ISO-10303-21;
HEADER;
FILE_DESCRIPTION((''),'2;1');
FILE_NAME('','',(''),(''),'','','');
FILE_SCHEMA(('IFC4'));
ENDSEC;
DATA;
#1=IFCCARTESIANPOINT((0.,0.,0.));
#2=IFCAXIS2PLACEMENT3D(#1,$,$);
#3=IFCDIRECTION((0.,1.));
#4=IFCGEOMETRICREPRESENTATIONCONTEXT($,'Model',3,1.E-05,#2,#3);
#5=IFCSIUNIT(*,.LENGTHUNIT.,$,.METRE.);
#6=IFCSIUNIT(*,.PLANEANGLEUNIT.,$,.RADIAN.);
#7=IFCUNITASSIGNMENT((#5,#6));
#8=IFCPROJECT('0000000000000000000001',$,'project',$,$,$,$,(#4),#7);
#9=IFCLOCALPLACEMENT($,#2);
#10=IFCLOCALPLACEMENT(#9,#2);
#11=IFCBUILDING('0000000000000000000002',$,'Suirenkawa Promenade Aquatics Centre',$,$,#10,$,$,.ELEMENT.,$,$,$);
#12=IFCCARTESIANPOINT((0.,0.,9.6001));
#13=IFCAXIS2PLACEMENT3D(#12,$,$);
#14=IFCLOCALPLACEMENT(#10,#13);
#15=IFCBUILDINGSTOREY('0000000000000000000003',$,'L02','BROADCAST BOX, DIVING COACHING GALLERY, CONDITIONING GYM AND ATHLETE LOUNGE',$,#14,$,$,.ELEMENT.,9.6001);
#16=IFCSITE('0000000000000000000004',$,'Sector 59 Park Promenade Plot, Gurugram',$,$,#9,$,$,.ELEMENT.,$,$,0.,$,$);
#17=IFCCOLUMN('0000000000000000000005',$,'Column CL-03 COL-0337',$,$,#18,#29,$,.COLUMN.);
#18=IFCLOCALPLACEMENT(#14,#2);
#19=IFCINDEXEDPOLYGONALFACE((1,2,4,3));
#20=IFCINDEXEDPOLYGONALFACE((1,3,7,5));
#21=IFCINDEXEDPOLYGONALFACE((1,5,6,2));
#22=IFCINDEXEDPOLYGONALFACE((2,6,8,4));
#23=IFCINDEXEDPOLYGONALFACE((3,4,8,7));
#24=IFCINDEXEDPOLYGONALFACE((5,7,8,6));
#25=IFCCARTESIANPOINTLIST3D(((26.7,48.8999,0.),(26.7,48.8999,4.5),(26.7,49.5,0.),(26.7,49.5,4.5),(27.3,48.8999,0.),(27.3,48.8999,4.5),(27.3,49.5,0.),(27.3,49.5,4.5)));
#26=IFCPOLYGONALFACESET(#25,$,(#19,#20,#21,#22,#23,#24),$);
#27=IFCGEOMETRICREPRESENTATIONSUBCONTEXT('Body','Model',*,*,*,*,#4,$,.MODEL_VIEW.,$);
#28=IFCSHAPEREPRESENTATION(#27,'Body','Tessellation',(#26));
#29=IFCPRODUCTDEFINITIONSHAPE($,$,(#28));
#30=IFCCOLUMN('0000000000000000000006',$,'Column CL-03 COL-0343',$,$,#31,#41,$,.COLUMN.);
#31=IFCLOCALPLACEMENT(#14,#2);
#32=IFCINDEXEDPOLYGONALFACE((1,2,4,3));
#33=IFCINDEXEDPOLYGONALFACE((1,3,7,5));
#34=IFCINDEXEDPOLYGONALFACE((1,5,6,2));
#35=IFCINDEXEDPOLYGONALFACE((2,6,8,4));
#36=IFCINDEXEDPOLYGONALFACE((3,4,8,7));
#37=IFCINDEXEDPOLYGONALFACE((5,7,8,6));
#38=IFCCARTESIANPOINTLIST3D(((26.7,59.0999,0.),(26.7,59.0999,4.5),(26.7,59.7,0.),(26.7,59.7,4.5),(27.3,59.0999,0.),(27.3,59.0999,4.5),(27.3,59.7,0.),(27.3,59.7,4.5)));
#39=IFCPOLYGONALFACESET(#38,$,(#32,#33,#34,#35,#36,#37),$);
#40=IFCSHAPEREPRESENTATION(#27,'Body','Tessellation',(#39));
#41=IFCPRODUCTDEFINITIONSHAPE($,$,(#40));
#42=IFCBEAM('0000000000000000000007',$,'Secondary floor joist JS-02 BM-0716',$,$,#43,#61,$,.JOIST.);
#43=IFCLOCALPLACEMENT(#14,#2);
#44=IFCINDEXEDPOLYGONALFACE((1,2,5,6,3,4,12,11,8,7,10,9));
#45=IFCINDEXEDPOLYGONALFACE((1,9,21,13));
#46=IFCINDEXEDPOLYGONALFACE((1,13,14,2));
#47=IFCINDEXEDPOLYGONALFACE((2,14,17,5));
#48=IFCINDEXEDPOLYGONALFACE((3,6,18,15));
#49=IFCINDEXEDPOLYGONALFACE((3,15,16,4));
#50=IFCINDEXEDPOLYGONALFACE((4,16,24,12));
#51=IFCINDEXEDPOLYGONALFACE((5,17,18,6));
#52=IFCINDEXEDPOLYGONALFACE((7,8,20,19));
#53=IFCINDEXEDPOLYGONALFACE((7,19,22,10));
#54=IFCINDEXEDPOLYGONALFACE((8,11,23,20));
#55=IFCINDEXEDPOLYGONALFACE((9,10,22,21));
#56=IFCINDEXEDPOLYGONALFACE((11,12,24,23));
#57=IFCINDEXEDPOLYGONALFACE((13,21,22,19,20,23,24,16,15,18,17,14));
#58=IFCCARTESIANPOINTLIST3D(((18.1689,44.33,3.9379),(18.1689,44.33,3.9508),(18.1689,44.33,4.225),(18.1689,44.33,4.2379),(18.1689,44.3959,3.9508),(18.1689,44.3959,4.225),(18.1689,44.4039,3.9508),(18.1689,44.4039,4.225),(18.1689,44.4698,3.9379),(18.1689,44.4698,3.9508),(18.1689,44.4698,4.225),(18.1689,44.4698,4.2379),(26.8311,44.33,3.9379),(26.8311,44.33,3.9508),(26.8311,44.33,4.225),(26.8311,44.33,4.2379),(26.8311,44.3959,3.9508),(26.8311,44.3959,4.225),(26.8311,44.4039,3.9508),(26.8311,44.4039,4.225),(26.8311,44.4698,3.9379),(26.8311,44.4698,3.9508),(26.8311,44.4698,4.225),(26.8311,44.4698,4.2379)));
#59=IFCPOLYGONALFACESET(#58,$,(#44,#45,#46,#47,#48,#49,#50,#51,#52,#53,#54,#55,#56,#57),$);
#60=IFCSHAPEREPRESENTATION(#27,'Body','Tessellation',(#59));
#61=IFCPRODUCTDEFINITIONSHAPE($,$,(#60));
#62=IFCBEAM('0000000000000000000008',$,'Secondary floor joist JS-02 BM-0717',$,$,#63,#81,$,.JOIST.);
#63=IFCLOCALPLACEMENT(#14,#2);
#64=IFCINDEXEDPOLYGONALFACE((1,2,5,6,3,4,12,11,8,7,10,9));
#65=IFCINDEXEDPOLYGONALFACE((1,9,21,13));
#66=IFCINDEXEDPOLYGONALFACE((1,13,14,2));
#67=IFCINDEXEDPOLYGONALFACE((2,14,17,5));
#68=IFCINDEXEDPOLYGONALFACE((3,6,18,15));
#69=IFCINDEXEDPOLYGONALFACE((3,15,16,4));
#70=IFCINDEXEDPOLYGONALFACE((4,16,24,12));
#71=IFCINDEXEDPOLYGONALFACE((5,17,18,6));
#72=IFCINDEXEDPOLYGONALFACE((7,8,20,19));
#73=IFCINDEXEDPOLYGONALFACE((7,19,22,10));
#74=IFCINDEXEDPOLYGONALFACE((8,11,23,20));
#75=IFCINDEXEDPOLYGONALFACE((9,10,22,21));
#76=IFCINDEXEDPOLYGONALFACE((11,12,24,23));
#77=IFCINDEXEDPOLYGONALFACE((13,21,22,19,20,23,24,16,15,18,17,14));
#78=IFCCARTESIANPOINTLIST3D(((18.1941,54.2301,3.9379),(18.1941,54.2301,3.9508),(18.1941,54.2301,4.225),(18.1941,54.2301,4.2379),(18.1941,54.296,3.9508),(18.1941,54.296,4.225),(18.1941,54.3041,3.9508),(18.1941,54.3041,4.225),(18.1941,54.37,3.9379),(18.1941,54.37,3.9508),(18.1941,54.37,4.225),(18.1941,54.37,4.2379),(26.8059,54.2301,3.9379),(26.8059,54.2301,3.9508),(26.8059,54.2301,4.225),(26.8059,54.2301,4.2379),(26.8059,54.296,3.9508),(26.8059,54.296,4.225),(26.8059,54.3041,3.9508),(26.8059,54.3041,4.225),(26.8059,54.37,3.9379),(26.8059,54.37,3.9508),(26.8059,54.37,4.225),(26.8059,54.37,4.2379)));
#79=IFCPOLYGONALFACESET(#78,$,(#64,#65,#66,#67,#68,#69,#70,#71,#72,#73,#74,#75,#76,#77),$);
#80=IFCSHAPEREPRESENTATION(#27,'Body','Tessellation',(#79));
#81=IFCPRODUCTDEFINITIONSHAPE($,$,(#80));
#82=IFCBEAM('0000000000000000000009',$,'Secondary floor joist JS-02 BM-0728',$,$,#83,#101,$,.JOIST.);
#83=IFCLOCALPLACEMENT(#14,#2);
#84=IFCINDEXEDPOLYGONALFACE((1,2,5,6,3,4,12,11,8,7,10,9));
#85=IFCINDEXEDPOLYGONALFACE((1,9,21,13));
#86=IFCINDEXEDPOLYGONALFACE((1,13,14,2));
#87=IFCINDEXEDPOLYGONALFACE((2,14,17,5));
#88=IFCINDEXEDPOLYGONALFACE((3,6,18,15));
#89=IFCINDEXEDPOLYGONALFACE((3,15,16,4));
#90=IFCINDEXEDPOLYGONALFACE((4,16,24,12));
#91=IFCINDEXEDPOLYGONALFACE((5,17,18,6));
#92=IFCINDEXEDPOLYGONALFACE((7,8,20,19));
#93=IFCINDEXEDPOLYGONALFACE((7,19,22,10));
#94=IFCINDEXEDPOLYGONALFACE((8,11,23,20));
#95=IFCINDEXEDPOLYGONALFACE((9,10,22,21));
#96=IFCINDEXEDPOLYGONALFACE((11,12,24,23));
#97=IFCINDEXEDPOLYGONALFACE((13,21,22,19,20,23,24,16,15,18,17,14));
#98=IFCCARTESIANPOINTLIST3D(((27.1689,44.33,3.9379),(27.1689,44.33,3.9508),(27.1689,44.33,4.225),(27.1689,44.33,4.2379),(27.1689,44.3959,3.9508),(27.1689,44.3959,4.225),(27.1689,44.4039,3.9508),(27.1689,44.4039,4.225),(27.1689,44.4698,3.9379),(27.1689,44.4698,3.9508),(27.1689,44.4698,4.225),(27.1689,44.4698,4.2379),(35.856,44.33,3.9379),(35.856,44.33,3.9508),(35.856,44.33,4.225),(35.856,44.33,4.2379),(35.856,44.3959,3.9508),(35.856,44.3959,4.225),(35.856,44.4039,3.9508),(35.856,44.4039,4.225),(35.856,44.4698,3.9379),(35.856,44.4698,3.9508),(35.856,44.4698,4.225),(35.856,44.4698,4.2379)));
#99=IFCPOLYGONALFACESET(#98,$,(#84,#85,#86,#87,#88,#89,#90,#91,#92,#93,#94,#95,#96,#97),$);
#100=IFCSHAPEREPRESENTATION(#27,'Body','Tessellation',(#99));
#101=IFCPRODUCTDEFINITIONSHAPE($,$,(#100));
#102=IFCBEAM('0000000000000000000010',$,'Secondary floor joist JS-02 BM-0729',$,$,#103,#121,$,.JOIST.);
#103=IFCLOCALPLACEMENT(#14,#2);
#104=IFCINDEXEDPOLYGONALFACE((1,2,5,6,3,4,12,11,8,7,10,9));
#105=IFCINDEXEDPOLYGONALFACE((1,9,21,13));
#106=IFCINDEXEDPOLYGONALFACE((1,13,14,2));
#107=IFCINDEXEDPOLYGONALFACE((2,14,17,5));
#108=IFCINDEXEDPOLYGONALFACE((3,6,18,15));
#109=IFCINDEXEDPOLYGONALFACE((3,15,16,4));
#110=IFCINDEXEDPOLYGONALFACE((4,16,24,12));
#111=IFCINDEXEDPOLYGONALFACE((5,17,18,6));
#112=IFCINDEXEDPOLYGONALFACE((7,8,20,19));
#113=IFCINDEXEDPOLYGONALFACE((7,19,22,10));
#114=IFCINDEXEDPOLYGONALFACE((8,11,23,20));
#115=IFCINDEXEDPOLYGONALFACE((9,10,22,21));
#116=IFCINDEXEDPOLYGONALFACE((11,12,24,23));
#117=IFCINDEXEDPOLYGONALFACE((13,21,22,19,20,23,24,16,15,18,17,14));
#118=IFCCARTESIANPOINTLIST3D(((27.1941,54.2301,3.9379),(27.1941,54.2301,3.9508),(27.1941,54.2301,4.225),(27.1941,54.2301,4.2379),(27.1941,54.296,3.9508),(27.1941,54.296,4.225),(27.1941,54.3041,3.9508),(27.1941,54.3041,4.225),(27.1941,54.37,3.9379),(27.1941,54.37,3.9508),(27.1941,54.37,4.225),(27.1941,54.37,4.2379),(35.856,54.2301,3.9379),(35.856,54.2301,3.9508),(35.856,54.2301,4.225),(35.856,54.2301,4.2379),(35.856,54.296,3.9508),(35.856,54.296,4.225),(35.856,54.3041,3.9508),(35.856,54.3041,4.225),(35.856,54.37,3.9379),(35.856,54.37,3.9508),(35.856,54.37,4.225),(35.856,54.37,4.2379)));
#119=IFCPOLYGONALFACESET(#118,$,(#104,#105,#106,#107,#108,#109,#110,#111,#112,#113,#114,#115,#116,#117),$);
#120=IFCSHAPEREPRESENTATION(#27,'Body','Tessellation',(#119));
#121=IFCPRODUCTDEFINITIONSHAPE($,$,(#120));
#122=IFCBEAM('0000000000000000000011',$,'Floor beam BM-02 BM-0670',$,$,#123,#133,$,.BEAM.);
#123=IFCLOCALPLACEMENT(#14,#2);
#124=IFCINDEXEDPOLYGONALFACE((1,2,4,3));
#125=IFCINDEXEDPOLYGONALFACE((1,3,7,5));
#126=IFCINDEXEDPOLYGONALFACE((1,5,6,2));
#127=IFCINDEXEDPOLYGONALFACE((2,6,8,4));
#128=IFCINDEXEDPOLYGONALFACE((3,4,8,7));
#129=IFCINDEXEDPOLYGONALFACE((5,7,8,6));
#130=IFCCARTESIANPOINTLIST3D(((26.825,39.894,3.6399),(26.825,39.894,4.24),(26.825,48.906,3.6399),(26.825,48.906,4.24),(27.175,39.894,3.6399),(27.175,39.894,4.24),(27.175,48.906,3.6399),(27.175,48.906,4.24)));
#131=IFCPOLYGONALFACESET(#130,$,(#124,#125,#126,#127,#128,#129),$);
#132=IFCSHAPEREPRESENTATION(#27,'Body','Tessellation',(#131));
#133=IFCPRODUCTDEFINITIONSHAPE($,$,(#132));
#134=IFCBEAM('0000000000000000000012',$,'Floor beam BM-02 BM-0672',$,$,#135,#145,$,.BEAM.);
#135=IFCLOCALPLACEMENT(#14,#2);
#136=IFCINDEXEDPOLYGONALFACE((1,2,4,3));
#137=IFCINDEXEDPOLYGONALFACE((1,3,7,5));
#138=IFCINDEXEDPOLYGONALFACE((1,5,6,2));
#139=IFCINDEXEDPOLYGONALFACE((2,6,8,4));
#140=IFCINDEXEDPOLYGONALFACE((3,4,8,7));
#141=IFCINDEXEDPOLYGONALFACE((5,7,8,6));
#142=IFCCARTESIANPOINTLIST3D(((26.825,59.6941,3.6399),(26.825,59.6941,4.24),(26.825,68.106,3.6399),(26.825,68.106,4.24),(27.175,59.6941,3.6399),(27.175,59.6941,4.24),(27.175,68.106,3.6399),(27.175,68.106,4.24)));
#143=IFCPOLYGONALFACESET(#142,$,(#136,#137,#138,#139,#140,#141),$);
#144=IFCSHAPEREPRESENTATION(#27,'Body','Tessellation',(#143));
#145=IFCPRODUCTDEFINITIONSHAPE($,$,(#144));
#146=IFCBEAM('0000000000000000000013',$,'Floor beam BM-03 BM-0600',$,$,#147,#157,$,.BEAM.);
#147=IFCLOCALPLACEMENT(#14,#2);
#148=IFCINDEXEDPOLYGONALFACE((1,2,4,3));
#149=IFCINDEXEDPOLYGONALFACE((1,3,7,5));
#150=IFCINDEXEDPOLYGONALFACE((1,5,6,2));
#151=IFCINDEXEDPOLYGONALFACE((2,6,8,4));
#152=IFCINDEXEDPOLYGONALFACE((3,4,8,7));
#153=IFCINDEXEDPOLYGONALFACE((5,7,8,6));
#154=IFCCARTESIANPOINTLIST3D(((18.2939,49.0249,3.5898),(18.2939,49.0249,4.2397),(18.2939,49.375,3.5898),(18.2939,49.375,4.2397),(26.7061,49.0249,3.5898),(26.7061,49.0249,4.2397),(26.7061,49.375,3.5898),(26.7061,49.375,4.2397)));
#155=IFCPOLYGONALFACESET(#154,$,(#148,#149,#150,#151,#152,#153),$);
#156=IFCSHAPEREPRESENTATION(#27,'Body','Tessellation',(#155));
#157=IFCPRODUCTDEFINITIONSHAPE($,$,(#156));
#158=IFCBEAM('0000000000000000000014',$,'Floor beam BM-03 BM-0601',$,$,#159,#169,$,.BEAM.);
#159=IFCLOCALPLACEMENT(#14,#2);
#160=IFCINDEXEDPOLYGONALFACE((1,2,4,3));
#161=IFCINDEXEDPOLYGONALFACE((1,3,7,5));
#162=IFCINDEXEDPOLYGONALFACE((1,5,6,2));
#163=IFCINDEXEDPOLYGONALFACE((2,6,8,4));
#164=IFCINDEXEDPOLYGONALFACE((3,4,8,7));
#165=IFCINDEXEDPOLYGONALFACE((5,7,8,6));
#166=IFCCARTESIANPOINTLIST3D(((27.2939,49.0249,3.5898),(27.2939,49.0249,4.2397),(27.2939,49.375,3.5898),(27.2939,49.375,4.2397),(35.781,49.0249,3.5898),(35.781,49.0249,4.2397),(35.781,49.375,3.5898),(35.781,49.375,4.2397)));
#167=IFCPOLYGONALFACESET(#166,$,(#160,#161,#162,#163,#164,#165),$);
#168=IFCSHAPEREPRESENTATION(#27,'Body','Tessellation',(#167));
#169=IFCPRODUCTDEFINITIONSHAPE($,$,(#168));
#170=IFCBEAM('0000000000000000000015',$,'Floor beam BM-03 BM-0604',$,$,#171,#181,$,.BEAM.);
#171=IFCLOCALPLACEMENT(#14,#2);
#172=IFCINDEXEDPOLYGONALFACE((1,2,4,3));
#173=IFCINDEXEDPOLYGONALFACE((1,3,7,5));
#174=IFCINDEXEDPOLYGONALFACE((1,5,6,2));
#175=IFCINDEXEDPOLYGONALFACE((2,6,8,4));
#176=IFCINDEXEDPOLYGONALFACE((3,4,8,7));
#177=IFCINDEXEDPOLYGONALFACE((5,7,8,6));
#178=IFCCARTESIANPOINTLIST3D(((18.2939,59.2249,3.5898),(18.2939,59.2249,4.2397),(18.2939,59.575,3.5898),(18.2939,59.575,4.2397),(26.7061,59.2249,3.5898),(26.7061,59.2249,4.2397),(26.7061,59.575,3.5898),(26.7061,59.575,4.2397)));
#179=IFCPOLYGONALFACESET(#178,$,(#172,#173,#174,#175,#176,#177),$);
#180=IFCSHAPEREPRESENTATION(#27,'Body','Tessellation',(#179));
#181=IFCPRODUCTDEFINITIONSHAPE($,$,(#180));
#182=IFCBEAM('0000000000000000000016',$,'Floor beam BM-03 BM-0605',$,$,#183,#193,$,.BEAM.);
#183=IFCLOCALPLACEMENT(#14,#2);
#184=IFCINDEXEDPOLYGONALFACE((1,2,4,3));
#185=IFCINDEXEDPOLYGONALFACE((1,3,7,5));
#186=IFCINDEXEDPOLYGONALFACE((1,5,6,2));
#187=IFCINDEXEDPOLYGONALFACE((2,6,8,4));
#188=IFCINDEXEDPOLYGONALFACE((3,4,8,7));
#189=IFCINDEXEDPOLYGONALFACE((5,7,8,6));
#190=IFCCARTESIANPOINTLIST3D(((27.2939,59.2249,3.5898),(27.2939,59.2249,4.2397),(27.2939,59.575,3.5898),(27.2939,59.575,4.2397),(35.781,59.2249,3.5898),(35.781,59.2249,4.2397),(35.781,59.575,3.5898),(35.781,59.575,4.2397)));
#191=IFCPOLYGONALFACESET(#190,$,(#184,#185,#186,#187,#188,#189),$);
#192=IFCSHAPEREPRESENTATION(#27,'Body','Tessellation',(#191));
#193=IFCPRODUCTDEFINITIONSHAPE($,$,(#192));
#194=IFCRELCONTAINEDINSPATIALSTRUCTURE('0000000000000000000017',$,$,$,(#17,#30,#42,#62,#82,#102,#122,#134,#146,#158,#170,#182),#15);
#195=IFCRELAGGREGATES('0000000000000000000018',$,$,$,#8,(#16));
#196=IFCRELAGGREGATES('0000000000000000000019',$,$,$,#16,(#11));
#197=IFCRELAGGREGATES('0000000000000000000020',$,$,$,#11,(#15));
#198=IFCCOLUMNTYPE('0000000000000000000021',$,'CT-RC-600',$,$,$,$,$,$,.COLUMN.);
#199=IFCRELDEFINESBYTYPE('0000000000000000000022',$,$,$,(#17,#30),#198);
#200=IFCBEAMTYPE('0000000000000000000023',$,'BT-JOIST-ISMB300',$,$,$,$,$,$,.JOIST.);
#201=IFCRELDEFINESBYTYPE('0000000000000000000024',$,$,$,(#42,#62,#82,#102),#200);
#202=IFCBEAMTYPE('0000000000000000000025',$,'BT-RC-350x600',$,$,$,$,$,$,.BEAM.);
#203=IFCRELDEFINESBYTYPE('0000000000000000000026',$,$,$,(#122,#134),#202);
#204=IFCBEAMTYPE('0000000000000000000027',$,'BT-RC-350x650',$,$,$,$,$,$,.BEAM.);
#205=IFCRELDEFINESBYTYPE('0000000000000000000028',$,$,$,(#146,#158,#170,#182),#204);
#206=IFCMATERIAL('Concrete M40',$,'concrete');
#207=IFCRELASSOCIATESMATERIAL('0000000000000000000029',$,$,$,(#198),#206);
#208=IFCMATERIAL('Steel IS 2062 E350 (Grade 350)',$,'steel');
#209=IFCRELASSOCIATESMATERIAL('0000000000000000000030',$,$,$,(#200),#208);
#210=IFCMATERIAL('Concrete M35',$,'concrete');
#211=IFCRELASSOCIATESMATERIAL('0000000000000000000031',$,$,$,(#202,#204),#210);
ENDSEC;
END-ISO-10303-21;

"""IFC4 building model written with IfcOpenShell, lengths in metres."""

from ifc_helpers import new_model, si_unit, direction, frame, origin, origin_2d, place, context, subcontext, project, spatial, rectangle, i_section, extrude, material, material_profile, profile_set, type_object, element, save


model = new_model("IFC4")

# Units and contexts
model_context = context("Model", 3, precision=1e-05, world=origin(), true_north=direction((0.0, 1.0)))
body_context = subcontext(model_context, "Body", "Model", "MODEL_VIEW")
ifc_project = project(units=[si_unit("LENGTHUNIT", "METRE"), si_unit("PLANEANGLEUNIT", "RADIAN")], contexts=[model_context])

# Site, building, storey
site_placement = place(None, origin())
site = spatial("IfcSite", under=ifc_project, at=site_placement, Name="Sector 59 Park Promenade Plot, Gurugram", CompositionType="ELEMENT", RefElevation=0.0)
building_placement = place(site_placement, origin())
building = spatial("IfcBuilding", under=site, at=building_placement, Name="Suirenkawa Promenade Aquatics Centre", CompositionType="ELEMENT")
storey_placement = place(building_placement, frame((0.0, 0.0, 9.6001)))
storey = spatial("IfcBuildingStorey", under=building, at=storey_placement, Name="L02", Description="BROADCAST BOX, DIVING COACHING GALLERY, CONDITIONING GYM AND ATHLETE LOUNGE", CompositionType="ELEMENT", Elevation=9.6001)

# Columns
ifc_material_1 = material(Name="Concrete M40", Category="concrete")
ifc_material_profile_1 = material_profile(ifc_material_1, rectangle(XDim=0.6001, YDim=0.6001, at=origin_2d()), Name="RC COL 600x600", Category="concrete")
ifc_profile_set_1 = profile_set([ifc_material_profile_1], Name="Concrete M40")
column_type = type_object("IfcColumnType", Name="CT-RC-600", PredefinedType="COLUMN", material=ifc_profile_set_1)
for number, where, z_axis, x_axis, name in (
    (1, (27.0, 49.2, 0.0), (0.0, 0.0, 1.0), (1.0, 0.0, 0.0), "Column CL-03 COL-0337"),
    (2, (27.0, 59.3999, 0.0), (0.0, 0.0, 1.0), (1.0, 0.0, 0.0), "Column CL-03 COL-0343"),
):
    element("IfcColumn", number, at=place(storey_placement, frame(where, z_axis=z_axis, x_axis=x_axis)), inside=storey, type_object=column_type, Name=name, PredefinedType="COLUMN", context=body_context, shape_type="SweptSolid", body=[
        extrude(rectangle(XDim=0.6001, YDim=0.6001, at=origin_2d()), origin(), (0.0, 0.0, 1.0), 4.5),
    ])

# Beams
ifc_material_2 = material(Name="Steel IS 2062 E350 (Grade 350)", Category="steel")
ifc_material_profile_2 = material_profile(ifc_material_2, i_section(OverallWidth=0.1399, OverallDepth=0.3, WebThickness=0.0081, FlangeThickness=0.0129, at=origin_2d()), Name="ISMB 300", Category="steel")
ifc_profile_set_2 = profile_set([ifc_material_profile_2], Name="Steel IS 2062 E350 (Grade 350)")
beam_type_1 = type_object("IfcBeamType", Name="BT-JOIST-ISMB300", PredefinedType="JOIST", material=ifc_profile_set_2)
beam_1_placement = place(storey_placement, frame((18.1689, 44.3999, 4.0879), z_axis=(1.0, 0.0, 0.0), x_axis=(0.0, 1.0, 0.0)))
element("IfcBeam", 3, at=beam_1_placement, inside=storey, type_object=beam_type_1, Name="Secondary floor joist JS-02 BM-0716", PredefinedType="JOIST", context=body_context, shape_type="SweptSolid", body=[
    extrude(i_section(OverallWidth=0.1399, OverallDepth=0.3, WebThickness=0.0081, FlangeThickness=0.0129, at=origin_2d()), origin(), (0.0, 0.0, 1.0), 8.6621),
])
beam_2_placement = place(storey_placement, frame((18.1941, 54.3, 4.0879), z_axis=(1.0, 0.0, 0.0), x_axis=(0.0, 1.0, 0.0)))
element("IfcBeam", 4, at=beam_2_placement, inside=storey, type_object=beam_type_1, Name="Secondary floor joist JS-02 BM-0717", PredefinedType="JOIST", context=body_context, shape_type="SweptSolid", body=[
    extrude(i_section(OverallWidth=0.1399, OverallDepth=0.3, WebThickness=0.0081, FlangeThickness=0.0129, at=origin_2d()), origin(), (0.0, 0.0, 1.0), 8.6118),
])
beam_3_placement = place(storey_placement, frame((27.1689, 44.3999, 4.0879), z_axis=(1.0, 0.0, 0.0), x_axis=(0.0, 1.0, 0.0)))
element("IfcBeam", 5, at=beam_3_placement, inside=storey, type_object=beam_type_1, Name="Secondary floor joist JS-02 BM-0728", PredefinedType="JOIST", context=body_context, shape_type="SweptSolid", body=[
    extrude(i_section(OverallWidth=0.1399, OverallDepth=0.3, WebThickness=0.0081, FlangeThickness=0.0129, at=origin_2d()), origin(), (0.0, 0.0, 1.0), 8.687),
])
beam_4_placement = place(storey_placement, frame((27.1941, 54.3, 4.0879), z_axis=(1.0, 0.0, 0.0), x_axis=(0.0, 1.0, 0.0)))
element("IfcBeam", 6, at=beam_4_placement, inside=storey, type_object=beam_type_1, Name="Secondary floor joist JS-02 BM-0729", PredefinedType="JOIST", context=body_context, shape_type="SweptSolid", body=[
    extrude(i_section(OverallWidth=0.1399, OverallDepth=0.3, WebThickness=0.0081, FlangeThickness=0.0129, at=origin_2d()), origin(), (0.0, 0.0, 1.0), 8.6619),
])
ifc_material_3 = material(Name="Concrete M35", Category="concrete")
ifc_material_profile_3 = material_profile(ifc_material_3, rectangle(XDim=0.3501, YDim=0.6001, at=origin_2d()), Name="RC BM 350x600", Category="concrete")
ifc_profile_set_3 = profile_set([ifc_material_profile_3], Name="Concrete M35")
beam_type_2 = type_object("IfcBeamType", Name="BT-RC-350x600", PredefinedType="BEAM", material=ifc_profile_set_3)
beam_5_placement = place(storey_placement, frame((27.0, 39.894, 3.9399), z_axis=(0.0, 1.0, 0.0), x_axis=(-1.0, 0.0, 0.0)))
element("IfcBeam", 7, at=beam_5_placement, inside=storey, type_object=beam_type_2, Name="Floor beam BM-02 BM-0670", PredefinedType="BEAM", context=body_context, shape_type="SweptSolid", body=[
    extrude(rectangle(XDim=0.3501, YDim=0.6001, at=origin_2d()), origin(), (0.0, 0.0, 1.0), 9.012),
])
beam_6_placement = place(storey_placement, frame((27.0, 59.6941, 3.9399), z_axis=(0.0, 1.0, 0.0), x_axis=(-1.0, 0.0, 0.0)))
element("IfcBeam", 8, at=beam_6_placement, inside=storey, type_object=beam_type_2, Name="Floor beam BM-02 BM-0672", PredefinedType="BEAM", context=body_context, shape_type="SweptSolid", body=[
    extrude(rectangle(XDim=0.3501, YDim=0.6001, at=origin_2d()), origin(), (0.0, 0.0, 1.0), 8.4119),
])
ifc_material_profile_4 = material_profile(ifc_material_3, rectangle(XDim=0.3501, YDim=0.6499, at=origin_2d()), Name="RC BM 350x650", Category="concrete")
ifc_profile_set_4 = profile_set([ifc_material_profile_4], Name="Concrete M35")
beam_type_3 = type_object("IfcBeamType", Name="BT-RC-350x650", PredefinedType="BEAM", material=ifc_profile_set_4)
beam_7_placement = place(storey_placement, frame((18.2939, 49.2, 3.9148), z_axis=(1.0, 0.0, 0.0), x_axis=(0.0, 1.0, 0.0)))
element("IfcBeam", 9, at=beam_7_placement, inside=storey, type_object=beam_type_3, Name="Floor beam BM-03 BM-0600", PredefinedType="BEAM", context=body_context, shape_type="SweptSolid", body=[
    extrude(rectangle(XDim=0.3501, YDim=0.6499, at=origin_2d()), origin(), (0.0, 0.0, 1.0), 8.4121),
])
beam_8_placement = place(storey_placement, frame((27.2939, 49.2, 3.9148), z_axis=(1.0, 0.0, 0.0), x_axis=(0.0, 1.0, 0.0)))
element("IfcBeam", 10, at=beam_8_placement, inside=storey, type_object=beam_type_3, Name="Floor beam BM-03 BM-0601", PredefinedType="BEAM", context=body_context, shape_type="SweptSolid", body=[
    extrude(rectangle(XDim=0.3501, YDim=0.6499, at=origin_2d()), origin(), (0.0, 0.0, 1.0), 8.4871),
])
beam_9_placement = place(storey_placement, frame((18.2939, 59.3999, 3.9148), z_axis=(1.0, 0.0, 0.0), x_axis=(0.0, 1.0, 0.0)))
element("IfcBeam", 11, at=beam_9_placement, inside=storey, type_object=beam_type_3, Name="Floor beam BM-03 BM-0604", PredefinedType="BEAM", context=body_context, shape_type="SweptSolid", body=[
    extrude(rectangle(XDim=0.3501, YDim=0.6499, at=origin_2d()), origin(), (0.0, 0.0, 1.0), 8.4121),
])
beam_10_placement = place(storey_placement, frame((27.2939, 59.3999, 3.9148), z_axis=(1.0, 0.0, 0.0), x_axis=(0.0, 1.0, 0.0)))
element("IfcBeam", 12, at=beam_10_placement, inside=storey, type_object=beam_type_3, Name="Floor beam BM-03 BM-0605", PredefinedType="BEAM", context=body_context, shape_type="SweptSolid", body=[
    extrude(rectangle(XDim=0.3501, YDim=0.6499, at=origin_2d()), origin(), (0.0, 0.0, 1.0), 8.4871),
])

save(model, "model.ifc")
